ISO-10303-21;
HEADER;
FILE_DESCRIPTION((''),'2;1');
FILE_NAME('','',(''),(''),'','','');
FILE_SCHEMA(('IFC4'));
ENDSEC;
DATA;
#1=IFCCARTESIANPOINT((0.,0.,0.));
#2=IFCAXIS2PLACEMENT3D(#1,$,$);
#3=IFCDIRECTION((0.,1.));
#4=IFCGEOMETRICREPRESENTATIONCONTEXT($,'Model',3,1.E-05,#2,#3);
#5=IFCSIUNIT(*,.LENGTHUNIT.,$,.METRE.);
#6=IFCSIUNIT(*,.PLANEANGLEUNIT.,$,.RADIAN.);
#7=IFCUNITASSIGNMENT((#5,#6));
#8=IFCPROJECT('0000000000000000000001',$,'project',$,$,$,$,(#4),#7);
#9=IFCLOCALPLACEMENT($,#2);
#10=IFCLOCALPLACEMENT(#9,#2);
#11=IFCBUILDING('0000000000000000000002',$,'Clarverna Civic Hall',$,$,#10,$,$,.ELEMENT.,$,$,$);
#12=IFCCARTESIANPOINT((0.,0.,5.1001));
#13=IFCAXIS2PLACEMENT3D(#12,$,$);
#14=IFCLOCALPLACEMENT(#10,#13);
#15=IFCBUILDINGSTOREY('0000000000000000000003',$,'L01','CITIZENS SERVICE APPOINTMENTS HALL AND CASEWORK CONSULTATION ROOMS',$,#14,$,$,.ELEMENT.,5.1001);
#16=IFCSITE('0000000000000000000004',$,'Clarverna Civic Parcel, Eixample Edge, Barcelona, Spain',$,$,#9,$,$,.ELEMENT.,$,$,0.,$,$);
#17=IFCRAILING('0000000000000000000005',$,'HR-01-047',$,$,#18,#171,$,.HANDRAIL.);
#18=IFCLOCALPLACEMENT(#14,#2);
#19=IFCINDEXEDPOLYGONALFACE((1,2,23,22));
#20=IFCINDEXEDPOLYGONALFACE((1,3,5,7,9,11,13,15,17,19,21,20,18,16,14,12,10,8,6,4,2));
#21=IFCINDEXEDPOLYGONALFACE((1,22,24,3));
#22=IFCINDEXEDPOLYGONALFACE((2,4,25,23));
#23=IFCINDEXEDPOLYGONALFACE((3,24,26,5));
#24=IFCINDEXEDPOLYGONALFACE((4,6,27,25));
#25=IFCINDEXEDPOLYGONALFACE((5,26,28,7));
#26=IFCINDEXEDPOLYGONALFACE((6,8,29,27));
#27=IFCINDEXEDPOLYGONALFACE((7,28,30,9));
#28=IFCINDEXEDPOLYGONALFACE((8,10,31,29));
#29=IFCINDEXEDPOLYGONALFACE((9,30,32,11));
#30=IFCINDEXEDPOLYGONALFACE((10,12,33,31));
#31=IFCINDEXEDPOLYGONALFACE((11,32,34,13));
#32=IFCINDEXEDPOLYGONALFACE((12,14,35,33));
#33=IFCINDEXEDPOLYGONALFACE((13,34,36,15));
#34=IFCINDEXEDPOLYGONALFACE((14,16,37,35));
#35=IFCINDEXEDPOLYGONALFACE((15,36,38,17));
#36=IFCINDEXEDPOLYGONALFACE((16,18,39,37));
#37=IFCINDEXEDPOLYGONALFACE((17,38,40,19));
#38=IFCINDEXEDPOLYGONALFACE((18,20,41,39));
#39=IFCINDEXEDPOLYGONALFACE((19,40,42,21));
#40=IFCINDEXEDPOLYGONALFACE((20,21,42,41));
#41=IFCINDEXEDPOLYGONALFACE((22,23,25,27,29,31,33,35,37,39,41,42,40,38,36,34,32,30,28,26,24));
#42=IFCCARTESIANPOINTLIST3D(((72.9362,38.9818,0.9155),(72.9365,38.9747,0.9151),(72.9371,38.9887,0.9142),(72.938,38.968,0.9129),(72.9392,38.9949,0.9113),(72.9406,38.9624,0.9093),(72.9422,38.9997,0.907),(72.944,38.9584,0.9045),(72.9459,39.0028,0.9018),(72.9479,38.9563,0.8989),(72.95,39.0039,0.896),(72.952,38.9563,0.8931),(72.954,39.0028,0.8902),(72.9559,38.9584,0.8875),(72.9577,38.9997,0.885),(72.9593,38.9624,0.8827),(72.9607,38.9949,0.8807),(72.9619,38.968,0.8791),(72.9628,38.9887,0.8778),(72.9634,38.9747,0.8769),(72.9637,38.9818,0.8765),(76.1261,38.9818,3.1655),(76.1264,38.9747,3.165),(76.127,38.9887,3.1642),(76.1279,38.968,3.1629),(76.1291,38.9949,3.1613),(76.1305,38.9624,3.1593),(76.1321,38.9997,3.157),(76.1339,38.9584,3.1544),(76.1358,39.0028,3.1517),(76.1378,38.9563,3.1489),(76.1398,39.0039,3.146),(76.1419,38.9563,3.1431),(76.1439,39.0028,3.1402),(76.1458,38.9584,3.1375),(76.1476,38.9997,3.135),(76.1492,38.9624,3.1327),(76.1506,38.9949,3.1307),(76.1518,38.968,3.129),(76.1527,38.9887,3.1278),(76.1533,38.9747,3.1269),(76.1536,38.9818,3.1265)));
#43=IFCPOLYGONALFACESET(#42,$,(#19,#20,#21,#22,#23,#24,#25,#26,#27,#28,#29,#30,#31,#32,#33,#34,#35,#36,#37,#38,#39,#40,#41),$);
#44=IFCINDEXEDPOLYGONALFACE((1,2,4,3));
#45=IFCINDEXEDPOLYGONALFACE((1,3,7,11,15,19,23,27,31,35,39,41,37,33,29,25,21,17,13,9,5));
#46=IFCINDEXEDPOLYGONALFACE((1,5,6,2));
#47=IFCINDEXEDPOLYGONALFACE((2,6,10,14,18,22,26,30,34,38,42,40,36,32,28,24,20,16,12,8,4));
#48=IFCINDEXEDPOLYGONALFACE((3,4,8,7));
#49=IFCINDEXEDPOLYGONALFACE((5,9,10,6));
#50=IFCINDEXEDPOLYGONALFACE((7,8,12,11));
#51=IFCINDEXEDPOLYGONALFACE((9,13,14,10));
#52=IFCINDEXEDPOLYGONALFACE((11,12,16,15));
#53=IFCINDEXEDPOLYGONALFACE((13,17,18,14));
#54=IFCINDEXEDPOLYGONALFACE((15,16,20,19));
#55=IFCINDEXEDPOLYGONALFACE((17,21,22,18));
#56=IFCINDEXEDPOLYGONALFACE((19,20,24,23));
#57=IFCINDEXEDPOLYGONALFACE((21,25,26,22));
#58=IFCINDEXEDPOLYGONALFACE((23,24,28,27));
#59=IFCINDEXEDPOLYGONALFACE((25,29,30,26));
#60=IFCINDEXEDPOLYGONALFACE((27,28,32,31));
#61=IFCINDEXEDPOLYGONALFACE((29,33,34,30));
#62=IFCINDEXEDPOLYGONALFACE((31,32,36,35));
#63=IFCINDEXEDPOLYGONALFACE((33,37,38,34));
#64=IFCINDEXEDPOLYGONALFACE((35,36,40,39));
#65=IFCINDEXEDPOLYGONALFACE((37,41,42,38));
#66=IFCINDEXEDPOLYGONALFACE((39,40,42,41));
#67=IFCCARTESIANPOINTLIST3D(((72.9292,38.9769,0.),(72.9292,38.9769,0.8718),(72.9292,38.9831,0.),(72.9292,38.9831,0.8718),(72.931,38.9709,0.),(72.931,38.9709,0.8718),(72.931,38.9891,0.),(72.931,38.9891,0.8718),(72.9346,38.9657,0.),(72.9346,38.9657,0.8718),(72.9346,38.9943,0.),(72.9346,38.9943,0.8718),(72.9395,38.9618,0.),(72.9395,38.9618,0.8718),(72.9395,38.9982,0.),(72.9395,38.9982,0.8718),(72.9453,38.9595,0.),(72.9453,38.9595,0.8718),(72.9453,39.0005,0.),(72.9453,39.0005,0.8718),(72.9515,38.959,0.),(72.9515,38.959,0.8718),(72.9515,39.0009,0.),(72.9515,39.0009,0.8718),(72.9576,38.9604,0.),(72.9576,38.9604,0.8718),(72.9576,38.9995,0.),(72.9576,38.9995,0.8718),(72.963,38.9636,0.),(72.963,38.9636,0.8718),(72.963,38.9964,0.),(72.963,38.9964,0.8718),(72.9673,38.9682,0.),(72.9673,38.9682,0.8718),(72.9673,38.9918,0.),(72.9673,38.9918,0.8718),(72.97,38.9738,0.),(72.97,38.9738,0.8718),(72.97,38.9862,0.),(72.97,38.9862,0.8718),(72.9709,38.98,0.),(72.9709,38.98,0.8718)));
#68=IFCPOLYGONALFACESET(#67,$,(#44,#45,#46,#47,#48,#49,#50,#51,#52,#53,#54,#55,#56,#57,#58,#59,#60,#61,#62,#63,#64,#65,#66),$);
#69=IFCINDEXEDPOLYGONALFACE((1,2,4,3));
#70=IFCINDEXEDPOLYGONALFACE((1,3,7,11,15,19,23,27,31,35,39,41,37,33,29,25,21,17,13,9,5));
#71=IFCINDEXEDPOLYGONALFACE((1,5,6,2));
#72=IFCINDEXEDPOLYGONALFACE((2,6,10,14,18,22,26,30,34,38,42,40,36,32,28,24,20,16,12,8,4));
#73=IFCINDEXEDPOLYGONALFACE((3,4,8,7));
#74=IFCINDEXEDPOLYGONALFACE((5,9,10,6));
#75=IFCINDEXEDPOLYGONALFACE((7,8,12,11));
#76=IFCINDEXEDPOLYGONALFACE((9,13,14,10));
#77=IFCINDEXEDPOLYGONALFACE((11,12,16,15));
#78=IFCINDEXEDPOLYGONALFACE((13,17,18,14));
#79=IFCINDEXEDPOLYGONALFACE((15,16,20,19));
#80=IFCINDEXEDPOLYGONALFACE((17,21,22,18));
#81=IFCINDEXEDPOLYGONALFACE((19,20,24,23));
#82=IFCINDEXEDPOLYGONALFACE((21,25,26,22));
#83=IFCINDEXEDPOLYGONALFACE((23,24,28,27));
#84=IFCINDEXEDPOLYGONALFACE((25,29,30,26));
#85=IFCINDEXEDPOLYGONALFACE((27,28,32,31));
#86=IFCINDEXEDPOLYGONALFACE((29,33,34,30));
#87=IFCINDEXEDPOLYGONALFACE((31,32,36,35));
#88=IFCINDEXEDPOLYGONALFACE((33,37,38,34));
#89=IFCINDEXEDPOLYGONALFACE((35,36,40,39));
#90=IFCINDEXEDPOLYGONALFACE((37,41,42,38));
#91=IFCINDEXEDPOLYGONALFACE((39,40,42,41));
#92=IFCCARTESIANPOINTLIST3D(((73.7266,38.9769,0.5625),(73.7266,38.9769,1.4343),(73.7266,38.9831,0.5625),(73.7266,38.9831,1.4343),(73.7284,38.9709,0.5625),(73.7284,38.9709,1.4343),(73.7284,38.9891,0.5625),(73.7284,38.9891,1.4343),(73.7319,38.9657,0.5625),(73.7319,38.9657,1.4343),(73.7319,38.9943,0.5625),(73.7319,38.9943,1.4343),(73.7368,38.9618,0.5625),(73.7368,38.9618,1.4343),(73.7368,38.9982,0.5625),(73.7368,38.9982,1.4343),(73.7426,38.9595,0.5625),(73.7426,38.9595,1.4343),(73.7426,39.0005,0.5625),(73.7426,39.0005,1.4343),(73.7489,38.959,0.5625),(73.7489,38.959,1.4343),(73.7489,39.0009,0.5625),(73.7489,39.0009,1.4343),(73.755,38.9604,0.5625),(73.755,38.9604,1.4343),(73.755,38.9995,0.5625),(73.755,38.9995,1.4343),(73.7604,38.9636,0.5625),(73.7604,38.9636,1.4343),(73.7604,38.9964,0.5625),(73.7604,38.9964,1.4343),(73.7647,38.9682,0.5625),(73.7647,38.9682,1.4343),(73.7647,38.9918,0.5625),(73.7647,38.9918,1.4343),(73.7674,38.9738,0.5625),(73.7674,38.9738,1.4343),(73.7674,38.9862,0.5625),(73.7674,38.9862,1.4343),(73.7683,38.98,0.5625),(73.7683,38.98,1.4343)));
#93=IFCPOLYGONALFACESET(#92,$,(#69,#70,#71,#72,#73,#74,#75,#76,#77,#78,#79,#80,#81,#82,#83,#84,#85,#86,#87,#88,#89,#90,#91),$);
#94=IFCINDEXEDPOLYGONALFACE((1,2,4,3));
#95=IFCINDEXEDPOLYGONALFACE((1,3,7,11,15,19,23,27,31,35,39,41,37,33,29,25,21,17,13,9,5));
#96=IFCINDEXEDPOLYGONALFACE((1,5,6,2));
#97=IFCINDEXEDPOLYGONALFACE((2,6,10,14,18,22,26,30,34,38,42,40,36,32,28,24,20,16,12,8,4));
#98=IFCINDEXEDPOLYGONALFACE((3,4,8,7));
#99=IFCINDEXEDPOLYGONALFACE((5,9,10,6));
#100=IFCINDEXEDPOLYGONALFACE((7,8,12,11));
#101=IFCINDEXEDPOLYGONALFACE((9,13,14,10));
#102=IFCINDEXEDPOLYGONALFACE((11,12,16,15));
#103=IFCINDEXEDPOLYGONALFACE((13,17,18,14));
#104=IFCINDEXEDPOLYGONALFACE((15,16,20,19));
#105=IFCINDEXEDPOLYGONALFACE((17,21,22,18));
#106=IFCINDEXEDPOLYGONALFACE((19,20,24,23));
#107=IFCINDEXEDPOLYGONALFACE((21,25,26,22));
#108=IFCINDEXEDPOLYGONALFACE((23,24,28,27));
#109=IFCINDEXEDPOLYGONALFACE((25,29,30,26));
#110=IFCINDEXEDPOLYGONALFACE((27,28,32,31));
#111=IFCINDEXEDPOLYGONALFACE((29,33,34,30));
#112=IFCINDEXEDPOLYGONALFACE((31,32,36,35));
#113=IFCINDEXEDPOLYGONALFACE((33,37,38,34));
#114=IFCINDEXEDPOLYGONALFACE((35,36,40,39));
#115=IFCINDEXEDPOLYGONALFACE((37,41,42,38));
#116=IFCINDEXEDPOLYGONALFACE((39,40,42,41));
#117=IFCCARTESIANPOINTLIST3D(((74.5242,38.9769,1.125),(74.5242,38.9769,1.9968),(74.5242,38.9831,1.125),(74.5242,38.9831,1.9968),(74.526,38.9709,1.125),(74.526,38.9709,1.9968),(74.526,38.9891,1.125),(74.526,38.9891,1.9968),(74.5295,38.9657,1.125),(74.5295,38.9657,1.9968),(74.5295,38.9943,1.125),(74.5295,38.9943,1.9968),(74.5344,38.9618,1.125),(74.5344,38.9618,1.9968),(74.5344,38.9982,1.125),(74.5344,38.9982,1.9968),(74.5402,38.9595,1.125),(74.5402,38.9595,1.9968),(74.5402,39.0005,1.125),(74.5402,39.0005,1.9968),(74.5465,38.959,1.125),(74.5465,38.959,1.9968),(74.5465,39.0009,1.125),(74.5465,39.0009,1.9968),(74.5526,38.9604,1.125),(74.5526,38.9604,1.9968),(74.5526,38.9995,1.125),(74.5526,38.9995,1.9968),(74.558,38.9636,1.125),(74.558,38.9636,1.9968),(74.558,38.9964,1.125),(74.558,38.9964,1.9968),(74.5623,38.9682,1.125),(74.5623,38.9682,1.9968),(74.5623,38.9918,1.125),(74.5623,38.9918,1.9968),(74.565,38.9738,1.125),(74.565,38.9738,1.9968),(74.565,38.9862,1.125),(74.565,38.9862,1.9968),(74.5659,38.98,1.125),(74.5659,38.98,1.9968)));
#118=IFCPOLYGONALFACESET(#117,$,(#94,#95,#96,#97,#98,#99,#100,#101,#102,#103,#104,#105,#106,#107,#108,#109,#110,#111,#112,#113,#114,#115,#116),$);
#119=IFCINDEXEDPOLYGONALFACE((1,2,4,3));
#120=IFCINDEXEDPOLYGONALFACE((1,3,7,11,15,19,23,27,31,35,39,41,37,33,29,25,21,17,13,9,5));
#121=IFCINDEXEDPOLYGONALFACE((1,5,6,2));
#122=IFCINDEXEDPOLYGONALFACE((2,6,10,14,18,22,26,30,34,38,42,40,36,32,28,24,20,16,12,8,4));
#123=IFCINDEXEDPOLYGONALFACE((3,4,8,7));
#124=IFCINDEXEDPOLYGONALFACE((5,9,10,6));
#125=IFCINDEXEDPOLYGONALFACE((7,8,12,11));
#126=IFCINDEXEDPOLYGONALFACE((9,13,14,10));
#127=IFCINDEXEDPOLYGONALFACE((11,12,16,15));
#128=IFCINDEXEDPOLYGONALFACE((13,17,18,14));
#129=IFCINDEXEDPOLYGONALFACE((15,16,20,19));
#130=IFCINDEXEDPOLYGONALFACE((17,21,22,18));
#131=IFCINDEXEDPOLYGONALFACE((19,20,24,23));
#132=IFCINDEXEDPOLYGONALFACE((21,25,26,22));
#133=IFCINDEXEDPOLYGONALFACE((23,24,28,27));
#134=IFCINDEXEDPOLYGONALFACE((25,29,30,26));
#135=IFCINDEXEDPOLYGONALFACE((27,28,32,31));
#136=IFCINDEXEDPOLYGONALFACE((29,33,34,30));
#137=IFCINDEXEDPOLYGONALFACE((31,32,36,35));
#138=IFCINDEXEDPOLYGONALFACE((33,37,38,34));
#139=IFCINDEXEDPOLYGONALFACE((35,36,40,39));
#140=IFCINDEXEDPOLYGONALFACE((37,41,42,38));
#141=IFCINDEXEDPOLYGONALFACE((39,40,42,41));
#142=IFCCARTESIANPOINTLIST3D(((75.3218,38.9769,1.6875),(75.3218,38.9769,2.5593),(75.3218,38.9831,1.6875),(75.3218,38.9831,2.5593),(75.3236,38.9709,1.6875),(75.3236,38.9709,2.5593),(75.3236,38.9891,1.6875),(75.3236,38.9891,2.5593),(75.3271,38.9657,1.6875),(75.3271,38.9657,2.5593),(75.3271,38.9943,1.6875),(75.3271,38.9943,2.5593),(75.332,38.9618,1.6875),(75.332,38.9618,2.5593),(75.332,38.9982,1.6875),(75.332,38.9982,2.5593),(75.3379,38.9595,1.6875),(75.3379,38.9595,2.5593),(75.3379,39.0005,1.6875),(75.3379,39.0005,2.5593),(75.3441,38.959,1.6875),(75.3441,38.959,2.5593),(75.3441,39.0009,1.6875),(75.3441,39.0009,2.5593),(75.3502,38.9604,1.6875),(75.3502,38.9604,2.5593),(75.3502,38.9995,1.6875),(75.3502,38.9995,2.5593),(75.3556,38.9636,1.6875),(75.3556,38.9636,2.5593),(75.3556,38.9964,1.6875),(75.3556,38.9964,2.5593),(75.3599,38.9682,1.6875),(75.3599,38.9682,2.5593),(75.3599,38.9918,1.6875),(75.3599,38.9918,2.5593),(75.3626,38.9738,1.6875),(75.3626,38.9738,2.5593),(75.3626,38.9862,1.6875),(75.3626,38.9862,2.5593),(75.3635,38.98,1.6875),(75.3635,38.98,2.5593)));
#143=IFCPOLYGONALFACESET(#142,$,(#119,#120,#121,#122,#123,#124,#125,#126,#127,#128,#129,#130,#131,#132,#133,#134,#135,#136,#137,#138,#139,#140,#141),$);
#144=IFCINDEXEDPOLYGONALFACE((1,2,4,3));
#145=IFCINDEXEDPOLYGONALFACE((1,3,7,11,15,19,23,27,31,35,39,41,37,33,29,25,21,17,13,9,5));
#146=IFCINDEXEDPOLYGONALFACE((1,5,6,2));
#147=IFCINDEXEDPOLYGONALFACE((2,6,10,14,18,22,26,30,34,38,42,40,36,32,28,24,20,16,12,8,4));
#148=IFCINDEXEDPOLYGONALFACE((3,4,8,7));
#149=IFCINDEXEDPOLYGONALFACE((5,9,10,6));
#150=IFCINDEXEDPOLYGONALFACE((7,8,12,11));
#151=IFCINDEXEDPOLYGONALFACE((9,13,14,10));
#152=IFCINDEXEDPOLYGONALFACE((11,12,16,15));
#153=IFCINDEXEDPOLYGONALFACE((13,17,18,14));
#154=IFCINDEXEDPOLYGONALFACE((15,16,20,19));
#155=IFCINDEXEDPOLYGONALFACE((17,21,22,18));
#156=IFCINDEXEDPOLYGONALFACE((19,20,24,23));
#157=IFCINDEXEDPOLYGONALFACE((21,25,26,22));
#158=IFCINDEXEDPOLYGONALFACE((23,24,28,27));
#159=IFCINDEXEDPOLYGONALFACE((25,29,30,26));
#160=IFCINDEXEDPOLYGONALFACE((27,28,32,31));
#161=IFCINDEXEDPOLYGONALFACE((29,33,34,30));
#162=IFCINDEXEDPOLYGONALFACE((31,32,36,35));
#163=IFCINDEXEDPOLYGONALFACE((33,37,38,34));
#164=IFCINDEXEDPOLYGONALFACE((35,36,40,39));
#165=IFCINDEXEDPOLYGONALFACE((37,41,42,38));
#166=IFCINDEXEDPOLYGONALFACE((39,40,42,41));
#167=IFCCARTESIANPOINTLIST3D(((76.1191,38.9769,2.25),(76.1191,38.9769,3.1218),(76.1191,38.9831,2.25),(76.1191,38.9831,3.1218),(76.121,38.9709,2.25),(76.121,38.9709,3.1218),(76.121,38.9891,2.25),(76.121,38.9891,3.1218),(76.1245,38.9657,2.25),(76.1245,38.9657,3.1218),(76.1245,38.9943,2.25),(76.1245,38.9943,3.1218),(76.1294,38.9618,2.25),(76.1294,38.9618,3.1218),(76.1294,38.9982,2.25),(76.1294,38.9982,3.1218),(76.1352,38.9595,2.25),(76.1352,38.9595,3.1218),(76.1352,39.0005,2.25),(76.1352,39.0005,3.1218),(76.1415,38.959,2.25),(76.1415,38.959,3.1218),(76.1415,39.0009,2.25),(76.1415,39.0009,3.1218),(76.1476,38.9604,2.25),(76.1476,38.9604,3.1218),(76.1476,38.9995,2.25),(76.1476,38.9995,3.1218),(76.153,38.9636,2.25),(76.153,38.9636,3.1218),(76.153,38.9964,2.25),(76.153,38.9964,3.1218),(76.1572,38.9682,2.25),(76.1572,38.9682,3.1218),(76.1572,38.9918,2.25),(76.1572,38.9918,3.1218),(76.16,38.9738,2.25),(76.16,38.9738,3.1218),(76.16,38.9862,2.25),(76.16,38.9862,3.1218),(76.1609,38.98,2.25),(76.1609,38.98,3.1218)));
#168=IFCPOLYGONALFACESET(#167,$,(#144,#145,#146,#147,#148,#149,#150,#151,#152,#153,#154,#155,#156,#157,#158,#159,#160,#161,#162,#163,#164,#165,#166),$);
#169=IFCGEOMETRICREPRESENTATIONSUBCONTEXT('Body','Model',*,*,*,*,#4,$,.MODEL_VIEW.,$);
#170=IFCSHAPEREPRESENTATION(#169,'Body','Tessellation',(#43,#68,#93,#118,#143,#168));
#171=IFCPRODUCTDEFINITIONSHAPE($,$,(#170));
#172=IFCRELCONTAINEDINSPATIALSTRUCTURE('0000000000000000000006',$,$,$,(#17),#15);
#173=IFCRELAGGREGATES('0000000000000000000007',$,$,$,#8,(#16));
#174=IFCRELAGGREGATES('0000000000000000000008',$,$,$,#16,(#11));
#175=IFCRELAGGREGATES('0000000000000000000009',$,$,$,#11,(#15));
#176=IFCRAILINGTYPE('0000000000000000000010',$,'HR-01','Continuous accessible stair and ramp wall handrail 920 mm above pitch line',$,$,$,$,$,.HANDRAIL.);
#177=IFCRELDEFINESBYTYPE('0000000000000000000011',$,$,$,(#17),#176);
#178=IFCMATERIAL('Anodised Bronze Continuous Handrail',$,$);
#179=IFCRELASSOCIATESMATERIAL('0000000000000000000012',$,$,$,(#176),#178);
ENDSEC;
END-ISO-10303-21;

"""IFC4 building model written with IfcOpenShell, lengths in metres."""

from ifc_helpers import new_model, si_unit, direction, frame, origin, origin_2d, place, context, subcontext, project, spatial, circle, extrude, material, type_object, element, save


model = new_model("IFC4")

# Units and contexts
model_context = context("Model", 3, precision=1e-05, world=origin(), true_north=direction((0.0, 1.0)))
body_context = subcontext(model_context, "Body", "Model", "MODEL_VIEW")
ifc_project = project(units=[si_unit("LENGTHUNIT", "METRE"), si_unit("PLANEANGLEUNIT", "RADIAN")], contexts=[model_context])

# Site, building, storey
site_placement = place(None, origin())
site = spatial("IfcSite", under=ifc_project, at=site_placement, Name="Clarverna Civic Parcel, Eixample Edge, Barcelona, Spain", CompositionType="ELEMENT", RefElevation=0.0)
building_placement = place(site_placement, origin())
building = spatial("IfcBuilding", under=site, at=building_placement, Name="Clarverna Civic Hall", CompositionType="ELEMENT")
storey_placement = place(building_placement, frame((0.0, 0.0, 5.1001)))
storey = spatial("IfcBuildingStorey", under=building, at=storey_placement, Name="L01", Description="CITIZENS SERVICE APPOINTMENTS HALL AND CASEWORK CONSULTATION ROOMS", CompositionType="ELEMENT", Elevation=5.1001)

# Railing
ifc_material_1 = material(Name="Anodised Bronze Continuous Handrail")
railing_type_1 = type_object("IfcRailingType", Name="HR-01", Description="Continuous accessible stair and ramp wall handrail 920 mm above pitch line", PredefinedType="HANDRAIL", material=ifc_material_1)
railing_1_placement = place(storey_placement, frame((72.95, 38.98, 0.0)))
element("IfcRailing", 1, at=railing_1_placement, inside=storey, type_object=railing_type_1, Name="HR-01-047", PredefinedType="HANDRAIL", context=body_context, shape_type="SweptSolid", body=[
    extrude(circle(Radius=0.0239, at=origin_2d()), frame((0.0, 0.0, 0.896), z_axis=(0.817176, 0.0, 0.576389), x_axis=(0.0, 1.0, 0.0)), (0.0, 0.0, 1.0), 3.9036),
    extrude(circle(Radius=0.021, at=origin_2d()), origin(), (0.0, 0.0, 1.0), 0.8718),
    extrude(circle(Radius=0.021, at=origin_2d()), frame((0.7974, 0.0, 0.5625)), (0.0, 0.0, 1.0), 0.8718),
    extrude(circle(Radius=0.021, at=origin_2d()), frame((1.595, 0.0, 1.125)), (0.0, 0.0, 1.0), 0.8718),
    extrude(circle(Radius=0.021, at=origin_2d()), frame((2.3926, 0.0, 1.6875)), (0.0, 0.0, 1.0), 0.8718),
    extrude(circle(Radius=0.021, at=origin_2d()), frame((3.1899, 0.0, 2.25)), (0.0, 0.0, 1.0), 0.8718),
])

save(model, "model.ifc")
